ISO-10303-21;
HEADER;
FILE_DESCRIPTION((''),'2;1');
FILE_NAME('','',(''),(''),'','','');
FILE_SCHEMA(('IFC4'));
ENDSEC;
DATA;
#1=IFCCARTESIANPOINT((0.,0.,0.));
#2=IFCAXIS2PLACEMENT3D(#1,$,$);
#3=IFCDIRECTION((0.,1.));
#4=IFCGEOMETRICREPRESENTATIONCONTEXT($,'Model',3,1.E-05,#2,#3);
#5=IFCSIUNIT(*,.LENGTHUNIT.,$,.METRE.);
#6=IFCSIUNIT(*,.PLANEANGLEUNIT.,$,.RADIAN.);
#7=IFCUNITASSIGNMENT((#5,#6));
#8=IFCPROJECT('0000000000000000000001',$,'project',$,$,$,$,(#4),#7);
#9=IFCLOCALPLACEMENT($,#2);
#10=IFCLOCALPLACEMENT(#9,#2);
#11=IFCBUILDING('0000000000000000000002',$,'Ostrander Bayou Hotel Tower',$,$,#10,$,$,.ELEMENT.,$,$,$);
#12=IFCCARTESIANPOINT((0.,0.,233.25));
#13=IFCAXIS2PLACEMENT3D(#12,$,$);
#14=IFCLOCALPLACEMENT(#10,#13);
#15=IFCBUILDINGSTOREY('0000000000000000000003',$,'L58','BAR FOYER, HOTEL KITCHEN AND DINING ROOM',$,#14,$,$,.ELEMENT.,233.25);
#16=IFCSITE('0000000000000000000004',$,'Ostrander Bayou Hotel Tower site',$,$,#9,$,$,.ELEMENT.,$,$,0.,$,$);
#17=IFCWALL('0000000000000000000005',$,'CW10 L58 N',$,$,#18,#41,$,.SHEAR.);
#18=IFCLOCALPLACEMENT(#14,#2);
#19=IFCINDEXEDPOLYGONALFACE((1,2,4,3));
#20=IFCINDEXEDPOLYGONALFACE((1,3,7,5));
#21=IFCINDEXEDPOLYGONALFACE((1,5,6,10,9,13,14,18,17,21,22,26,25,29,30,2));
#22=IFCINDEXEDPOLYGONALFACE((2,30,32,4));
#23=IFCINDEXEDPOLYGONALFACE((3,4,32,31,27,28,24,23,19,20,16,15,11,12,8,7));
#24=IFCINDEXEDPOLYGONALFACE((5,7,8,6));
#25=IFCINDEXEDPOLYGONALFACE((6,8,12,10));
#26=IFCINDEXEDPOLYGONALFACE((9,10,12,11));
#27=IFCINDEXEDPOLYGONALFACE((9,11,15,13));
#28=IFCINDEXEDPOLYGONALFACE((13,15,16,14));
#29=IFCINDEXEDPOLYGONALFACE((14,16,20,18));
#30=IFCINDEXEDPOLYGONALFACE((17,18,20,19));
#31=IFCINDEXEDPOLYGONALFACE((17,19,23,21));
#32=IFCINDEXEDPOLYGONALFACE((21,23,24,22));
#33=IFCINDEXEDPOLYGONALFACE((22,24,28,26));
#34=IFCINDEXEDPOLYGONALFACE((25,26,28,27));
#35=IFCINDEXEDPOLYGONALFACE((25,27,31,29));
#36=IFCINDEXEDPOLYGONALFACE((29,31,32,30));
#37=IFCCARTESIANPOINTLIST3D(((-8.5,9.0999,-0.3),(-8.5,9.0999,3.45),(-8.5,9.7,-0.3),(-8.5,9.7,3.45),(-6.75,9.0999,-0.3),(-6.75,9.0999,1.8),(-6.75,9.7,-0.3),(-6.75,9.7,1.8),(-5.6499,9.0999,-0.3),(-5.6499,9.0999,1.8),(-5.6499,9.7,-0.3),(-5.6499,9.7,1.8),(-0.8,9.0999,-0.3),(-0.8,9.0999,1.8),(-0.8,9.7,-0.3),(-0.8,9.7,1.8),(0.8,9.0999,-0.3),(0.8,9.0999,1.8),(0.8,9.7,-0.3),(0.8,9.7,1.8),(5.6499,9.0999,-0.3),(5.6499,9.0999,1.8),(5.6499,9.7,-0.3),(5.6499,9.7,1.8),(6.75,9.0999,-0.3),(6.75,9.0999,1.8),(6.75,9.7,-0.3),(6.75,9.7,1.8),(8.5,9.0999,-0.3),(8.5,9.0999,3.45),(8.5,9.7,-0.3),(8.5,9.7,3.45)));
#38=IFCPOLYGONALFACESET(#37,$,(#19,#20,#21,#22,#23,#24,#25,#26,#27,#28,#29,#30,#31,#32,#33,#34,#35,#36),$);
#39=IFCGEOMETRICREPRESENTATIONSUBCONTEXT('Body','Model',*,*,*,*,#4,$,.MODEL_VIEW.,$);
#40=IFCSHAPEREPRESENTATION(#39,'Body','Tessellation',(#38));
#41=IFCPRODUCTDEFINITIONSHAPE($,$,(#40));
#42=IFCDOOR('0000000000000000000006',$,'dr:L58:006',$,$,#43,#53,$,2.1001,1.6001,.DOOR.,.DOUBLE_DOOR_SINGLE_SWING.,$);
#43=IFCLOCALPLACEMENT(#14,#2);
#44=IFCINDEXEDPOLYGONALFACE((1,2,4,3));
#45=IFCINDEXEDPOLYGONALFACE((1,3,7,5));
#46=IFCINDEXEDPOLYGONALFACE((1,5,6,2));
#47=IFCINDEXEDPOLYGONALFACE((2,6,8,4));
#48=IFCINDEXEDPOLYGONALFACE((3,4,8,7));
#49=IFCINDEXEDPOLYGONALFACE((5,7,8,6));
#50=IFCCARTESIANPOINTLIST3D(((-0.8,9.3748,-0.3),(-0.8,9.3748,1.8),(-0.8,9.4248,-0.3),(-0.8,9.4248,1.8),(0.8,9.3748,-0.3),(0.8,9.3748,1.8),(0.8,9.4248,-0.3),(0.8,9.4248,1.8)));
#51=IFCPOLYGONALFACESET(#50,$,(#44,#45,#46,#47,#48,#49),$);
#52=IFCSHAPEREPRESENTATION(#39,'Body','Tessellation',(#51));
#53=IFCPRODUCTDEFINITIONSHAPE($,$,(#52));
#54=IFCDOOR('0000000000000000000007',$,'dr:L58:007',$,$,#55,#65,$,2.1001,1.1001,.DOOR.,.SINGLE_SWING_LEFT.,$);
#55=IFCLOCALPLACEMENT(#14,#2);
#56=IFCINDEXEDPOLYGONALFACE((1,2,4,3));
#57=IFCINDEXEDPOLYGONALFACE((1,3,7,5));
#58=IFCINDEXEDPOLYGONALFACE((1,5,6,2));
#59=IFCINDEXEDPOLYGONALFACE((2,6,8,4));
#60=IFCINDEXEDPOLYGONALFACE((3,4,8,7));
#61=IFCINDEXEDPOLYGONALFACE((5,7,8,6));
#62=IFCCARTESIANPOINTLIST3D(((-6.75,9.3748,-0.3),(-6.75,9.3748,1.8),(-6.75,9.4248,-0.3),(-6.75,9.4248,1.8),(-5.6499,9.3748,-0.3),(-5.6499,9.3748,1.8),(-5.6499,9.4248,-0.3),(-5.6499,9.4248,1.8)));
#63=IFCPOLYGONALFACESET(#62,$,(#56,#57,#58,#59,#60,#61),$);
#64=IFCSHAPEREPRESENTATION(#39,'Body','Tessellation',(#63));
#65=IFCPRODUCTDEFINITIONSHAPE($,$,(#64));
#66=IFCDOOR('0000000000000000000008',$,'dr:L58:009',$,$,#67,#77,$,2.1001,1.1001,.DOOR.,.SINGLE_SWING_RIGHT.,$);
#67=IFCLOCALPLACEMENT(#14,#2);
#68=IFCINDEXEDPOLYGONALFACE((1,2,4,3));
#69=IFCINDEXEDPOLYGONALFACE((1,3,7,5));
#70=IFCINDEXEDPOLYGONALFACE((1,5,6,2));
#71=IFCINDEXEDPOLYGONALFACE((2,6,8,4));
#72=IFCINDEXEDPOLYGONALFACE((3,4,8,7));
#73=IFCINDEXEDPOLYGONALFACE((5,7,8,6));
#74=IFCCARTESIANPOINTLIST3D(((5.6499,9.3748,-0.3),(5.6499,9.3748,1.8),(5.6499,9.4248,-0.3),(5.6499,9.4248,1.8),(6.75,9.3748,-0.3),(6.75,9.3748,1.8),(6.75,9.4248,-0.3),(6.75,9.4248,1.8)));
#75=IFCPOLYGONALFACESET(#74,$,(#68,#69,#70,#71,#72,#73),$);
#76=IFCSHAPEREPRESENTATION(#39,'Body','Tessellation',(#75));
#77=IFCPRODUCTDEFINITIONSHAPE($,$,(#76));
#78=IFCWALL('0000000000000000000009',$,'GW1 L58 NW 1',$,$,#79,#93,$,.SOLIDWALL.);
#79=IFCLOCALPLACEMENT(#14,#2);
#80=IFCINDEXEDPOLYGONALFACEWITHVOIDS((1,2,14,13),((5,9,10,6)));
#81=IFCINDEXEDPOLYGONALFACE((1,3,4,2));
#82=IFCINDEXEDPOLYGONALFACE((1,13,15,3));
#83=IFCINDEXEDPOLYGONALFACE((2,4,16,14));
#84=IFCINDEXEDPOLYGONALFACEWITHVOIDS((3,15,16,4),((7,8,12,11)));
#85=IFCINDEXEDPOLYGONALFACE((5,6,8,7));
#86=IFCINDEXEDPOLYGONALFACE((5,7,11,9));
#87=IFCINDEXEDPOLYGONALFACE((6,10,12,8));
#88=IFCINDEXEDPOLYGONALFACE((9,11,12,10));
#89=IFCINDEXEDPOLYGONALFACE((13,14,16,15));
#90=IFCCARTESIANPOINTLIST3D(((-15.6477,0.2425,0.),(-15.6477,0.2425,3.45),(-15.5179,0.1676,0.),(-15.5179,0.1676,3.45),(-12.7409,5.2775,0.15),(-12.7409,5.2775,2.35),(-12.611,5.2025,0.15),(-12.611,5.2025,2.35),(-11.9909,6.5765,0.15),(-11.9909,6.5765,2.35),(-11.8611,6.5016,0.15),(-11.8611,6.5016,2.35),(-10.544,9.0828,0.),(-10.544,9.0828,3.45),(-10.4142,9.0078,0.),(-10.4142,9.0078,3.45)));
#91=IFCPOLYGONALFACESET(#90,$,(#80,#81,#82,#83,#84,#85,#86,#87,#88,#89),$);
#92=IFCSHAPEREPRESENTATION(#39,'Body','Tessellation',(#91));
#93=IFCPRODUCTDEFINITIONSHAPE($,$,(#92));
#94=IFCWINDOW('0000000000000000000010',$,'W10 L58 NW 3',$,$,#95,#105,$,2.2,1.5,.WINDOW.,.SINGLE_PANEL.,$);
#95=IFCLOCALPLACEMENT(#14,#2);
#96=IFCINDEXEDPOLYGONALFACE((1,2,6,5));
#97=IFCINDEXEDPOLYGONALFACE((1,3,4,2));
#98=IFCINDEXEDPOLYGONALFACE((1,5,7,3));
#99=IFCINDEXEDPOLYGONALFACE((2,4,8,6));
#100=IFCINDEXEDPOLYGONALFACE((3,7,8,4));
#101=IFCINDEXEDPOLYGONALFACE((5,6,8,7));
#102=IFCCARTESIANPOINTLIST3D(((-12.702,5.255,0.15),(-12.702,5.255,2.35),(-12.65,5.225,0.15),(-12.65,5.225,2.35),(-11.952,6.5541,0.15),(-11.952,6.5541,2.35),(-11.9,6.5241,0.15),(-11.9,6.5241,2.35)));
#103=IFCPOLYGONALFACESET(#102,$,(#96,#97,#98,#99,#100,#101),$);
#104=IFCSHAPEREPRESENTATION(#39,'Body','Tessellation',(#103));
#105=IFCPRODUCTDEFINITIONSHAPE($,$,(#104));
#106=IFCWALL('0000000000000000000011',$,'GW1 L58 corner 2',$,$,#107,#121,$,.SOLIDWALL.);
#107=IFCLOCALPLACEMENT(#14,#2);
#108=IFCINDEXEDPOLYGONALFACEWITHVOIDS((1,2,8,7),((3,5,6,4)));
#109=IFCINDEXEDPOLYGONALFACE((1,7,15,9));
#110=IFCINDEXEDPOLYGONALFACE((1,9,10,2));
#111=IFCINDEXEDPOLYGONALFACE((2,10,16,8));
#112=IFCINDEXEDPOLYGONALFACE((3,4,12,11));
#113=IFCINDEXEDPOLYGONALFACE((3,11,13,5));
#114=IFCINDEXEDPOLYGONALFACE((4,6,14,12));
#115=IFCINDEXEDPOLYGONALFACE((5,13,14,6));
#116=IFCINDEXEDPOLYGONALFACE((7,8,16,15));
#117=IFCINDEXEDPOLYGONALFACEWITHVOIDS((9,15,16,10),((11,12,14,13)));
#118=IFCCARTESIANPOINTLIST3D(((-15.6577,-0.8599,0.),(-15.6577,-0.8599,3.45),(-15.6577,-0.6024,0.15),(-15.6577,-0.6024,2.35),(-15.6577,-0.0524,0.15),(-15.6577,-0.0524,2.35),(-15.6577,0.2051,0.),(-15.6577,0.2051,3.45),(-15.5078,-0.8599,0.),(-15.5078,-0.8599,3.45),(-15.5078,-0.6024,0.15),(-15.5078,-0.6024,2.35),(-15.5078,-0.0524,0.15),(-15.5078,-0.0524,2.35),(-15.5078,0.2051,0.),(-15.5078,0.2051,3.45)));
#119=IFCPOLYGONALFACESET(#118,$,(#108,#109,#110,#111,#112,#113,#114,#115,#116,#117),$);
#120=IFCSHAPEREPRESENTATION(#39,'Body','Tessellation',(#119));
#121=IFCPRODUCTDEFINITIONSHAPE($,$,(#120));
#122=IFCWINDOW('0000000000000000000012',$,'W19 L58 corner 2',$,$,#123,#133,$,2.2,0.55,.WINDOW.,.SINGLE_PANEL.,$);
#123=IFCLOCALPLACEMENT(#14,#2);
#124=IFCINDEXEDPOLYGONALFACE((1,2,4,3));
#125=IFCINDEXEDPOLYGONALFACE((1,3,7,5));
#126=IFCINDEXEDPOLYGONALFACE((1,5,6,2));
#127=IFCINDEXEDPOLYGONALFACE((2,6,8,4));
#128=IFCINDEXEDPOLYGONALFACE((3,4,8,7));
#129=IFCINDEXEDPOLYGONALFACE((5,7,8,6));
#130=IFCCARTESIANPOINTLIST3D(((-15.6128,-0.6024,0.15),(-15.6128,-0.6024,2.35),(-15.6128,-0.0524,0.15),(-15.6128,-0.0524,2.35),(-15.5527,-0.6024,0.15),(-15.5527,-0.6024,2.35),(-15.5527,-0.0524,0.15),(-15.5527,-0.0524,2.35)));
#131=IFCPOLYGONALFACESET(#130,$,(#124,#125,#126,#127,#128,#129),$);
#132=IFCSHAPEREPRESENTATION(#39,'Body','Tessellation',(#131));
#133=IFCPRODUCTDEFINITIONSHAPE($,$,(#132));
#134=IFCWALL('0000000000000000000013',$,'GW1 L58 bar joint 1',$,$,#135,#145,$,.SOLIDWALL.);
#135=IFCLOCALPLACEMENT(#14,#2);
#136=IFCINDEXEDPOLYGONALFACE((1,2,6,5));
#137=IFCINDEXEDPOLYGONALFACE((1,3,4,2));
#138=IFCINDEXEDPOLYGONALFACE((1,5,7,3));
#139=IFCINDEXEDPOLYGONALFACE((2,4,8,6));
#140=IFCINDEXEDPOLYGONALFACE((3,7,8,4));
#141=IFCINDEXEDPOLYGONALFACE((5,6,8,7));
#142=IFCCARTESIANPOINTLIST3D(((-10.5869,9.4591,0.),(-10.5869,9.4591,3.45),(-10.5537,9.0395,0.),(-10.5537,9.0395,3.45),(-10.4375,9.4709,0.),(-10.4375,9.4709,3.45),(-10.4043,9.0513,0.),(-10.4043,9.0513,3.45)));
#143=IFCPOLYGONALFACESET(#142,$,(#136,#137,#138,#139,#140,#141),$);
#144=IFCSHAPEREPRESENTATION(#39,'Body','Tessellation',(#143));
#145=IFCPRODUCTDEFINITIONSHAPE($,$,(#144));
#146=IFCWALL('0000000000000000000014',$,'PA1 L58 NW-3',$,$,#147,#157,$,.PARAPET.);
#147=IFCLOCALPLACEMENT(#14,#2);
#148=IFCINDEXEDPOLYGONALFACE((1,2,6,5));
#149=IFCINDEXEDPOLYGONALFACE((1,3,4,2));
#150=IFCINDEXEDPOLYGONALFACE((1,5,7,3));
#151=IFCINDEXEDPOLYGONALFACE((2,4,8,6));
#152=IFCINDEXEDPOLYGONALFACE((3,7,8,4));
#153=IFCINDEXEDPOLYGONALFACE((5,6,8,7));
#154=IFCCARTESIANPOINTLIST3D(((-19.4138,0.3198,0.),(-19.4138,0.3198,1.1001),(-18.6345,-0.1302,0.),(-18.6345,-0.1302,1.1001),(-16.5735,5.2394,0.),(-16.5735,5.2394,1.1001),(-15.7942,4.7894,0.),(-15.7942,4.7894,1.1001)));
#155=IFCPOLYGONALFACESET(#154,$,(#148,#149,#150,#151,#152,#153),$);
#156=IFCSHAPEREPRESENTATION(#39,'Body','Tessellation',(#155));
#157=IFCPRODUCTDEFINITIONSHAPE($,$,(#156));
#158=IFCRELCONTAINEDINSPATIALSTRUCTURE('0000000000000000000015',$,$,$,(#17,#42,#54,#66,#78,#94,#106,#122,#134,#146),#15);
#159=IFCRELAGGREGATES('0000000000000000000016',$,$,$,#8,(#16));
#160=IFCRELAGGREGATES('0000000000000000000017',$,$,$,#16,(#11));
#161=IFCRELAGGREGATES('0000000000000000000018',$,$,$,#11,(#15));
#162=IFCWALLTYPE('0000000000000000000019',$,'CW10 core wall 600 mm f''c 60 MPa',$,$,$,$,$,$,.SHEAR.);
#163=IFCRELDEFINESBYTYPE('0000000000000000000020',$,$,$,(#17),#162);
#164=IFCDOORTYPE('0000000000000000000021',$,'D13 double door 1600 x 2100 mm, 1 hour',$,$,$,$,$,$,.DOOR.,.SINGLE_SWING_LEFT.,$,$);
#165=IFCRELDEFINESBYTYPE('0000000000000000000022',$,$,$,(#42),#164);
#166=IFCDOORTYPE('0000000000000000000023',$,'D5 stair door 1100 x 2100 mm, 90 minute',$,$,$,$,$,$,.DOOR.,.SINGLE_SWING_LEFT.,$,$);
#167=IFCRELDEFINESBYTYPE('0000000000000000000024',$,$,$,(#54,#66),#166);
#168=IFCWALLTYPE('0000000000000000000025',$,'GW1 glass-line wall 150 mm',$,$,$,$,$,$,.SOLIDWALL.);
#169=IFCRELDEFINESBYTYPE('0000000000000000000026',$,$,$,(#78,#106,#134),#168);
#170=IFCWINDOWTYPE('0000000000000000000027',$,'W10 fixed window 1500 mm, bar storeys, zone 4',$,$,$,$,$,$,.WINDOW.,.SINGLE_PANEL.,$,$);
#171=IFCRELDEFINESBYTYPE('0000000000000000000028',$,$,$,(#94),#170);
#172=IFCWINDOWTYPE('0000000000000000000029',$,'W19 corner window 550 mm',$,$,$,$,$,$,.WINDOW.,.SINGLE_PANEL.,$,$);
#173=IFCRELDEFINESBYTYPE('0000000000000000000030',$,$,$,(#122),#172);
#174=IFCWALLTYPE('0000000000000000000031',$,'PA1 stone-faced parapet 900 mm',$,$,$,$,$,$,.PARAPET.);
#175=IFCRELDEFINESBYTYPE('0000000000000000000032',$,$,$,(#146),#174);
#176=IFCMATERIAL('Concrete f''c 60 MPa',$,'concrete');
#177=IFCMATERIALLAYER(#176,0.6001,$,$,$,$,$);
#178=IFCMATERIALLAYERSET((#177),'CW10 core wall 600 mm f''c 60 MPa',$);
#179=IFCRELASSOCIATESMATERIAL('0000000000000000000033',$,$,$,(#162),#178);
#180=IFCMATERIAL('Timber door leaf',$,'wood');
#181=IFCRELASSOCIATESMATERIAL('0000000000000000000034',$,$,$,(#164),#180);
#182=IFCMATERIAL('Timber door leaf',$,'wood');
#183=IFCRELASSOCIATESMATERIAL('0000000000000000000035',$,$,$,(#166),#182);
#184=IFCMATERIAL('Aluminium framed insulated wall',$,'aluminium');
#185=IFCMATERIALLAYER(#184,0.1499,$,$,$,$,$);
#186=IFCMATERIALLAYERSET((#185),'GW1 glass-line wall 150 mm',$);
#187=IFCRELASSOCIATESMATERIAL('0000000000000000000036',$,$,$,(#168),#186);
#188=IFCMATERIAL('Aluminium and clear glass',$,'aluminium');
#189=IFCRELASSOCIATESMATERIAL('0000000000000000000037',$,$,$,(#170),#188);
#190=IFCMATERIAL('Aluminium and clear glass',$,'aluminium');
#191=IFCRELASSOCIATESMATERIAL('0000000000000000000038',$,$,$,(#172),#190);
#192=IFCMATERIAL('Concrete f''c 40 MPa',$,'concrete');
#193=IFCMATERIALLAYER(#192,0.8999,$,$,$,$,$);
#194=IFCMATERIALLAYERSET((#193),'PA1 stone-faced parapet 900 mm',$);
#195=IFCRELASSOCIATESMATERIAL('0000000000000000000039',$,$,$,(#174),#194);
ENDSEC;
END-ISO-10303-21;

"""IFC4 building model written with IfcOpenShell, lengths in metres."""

from ifc_helpers import new_model, si_unit, direction, frame, frame_2d, origin, place, context, subcontext, project, spatial, rectangle, extrude, material, layer, layer_set, type_object, element, fill, save


model = new_model("IFC4")

# Units and contexts
model_context = context("Model", 3, precision=1e-05, world=origin(), true_north=direction((0.0, 1.0)))
body_context = subcontext(model_context, "Body", "Model", "MODEL_VIEW")
ifc_project = project(units=[si_unit("LENGTHUNIT", "METRE"), si_unit("PLANEANGLEUNIT", "RADIAN")], contexts=[model_context])

# Site, building, storey
site_placement = place(None, origin())
site = spatial("IfcSite", under=ifc_project, at=site_placement, Name="Ostrander Bayou Hotel Tower site", CompositionType="ELEMENT", RefElevation=0.0)
building_placement = place(site_placement, origin())
building = spatial("IfcBuilding", under=site, at=building_placement, Name="Ostrander Bayou Hotel Tower", CompositionType="ELEMENT")
storey_placement = place(building_placement, frame((0.0, 0.0, 233.25)))
storey = spatial("IfcBuildingStorey", under=building, at=storey_placement, Name="L58", Description="BAR FOYER, HOTEL KITCHEN AND DINING ROOM", CompositionType="ELEMENT", Elevation=233.25)

# Wall, openings, doors
ifc_material_1 = material(Name="Concrete f'c 60 MPa", Category="concrete")
ifc_layer_1 = layer(ifc_material_1, 0.6001)
ifc_layer_set_1 = layer_set([ifc_layer_1], Name="CW10 core wall 600 mm f'c 60 MPa")
wall_type_1 = type_object("IfcWallType", Name="CW10 core wall 600 mm f'c 60 MPa", PredefinedType="SHEAR", material=ifc_layer_set_1)
wall_1_placement = place(storey_placement, frame((-8.5, 9.3999, -0.3), z_axis=(0.0, 0.0, 1.0), x_axis=(1.0, 0.0, 0.0)))
wall_1 = element("IfcWall", 1, at=wall_1_placement, inside=storey, type_object=wall_type_1, Name="CW10 L58 N", PredefinedType="SHEAR", context=body_context, shape_type="SweptSolid", body=[
    extrude(rectangle(XDim=17.0, YDim=0.6001, at=frame_2d((8.5, 0.0))), origin(), (0.0, 0.0, 1.0), 3.75),
])
opening_1_placement = place(wall_1_placement, frame((7.7, 0.0, 0.0)))
opening_1 = element("IfcOpeningElement", 2, at=opening_1_placement, cuts=wall_1, PredefinedType="OPENING", context=body_context, shape_type="SweptSolid", body=[
    extrude(rectangle(XDim=1.6001, YDim=2.1001, at=frame_2d((0.8, 1.05))), frame((0.0, 0.3, 0.0), z_axis=(0.0, -1.0, 0.0), x_axis=(1.0, 0.0, 0.0)), (0.0, 0.0, 1.0), 0.6001),
])
opening_2_placement = place(wall_1_placement, frame((1.75, 0.0, 0.0)))
opening_2 = element("IfcOpeningElement", 3, at=opening_2_placement, cuts=wall_1, PredefinedType="OPENING", context=body_context, shape_type="SweptSolid", body=[
    extrude(rectangle(XDim=1.1001, YDim=2.1001, at=frame_2d((0.55, 1.05))), frame((0.0, 0.3, 0.0), z_axis=(0.0, -1.0, 0.0), x_axis=(1.0, 0.0, 0.0)), (0.0, 0.0, 1.0), 0.6001),
])
opening_3_placement = place(wall_1_placement, frame((14.1499, 0.0, 0.0)))
opening_3 = element("IfcOpeningElement", 4, at=opening_3_placement, cuts=wall_1, PredefinedType="OPENING", context=body_context, shape_type="SweptSolid", body=[
    extrude(rectangle(XDim=1.1001, YDim=2.1001, at=frame_2d((0.55, 1.05))), frame((0.0, 0.3, 0.0), z_axis=(0.0, -1.0, 0.0), x_axis=(1.0, 0.0, 0.0)), (0.0, 0.0, 1.0), 0.6001),
])
ifc_material_2 = material(Name="Timber door leaf", Category="wood")
door_type_1 = type_object("IfcDoorType", Name="D13 double door 1600 x 2100 mm, 1 hour", OperationType="SINGLE_SWING_LEFT", PredefinedType="DOOR", material=ifc_material_2)
door_1_placement = place(opening_1_placement, origin())
door_1 = element("IfcDoor", 5, at=door_1_placement, inside=storey, type_object=door_type_1, Name="dr:L58:006", OperationType="DOUBLE_DOOR_SINGLE_SWING", OverallHeight=2.1001, OverallWidth=1.6001, PredefinedType="DOOR", context=body_context, shape_type="SweptSolid", body=[
    extrude(rectangle(XDim=1.6001, YDim=2.1001, at=frame_2d((0.8, 1.05))), frame((0.0, 0.0249, 0.0), z_axis=(0.0, -1.0, 0.0), x_axis=(1.0, 0.0, 0.0)), (0.0, 0.0, 1.0), 0.05),
])
fill(opening_1, door_1)
ifc_material_3 = material(Name="Timber door leaf", Category="wood")
door_type_2 = type_object("IfcDoorType", Name="D5 stair door 1100 x 2100 mm, 90 minute", OperationType="SINGLE_SWING_LEFT", PredefinedType="DOOR", material=ifc_material_3)
door_2_placement = place(opening_2_placement, origin())
door_2 = element("IfcDoor", 6, at=door_2_placement, inside=storey, type_object=door_type_2, Name="dr:L58:007", OperationType="SINGLE_SWING_LEFT", OverallHeight=2.1001, OverallWidth=1.1001, PredefinedType="DOOR", context=body_context, shape_type="SweptSolid", body=[
    extrude(rectangle(XDim=1.1001, YDim=2.1001, at=frame_2d((0.55, 1.05))), frame((0.0, 0.0249, 0.0), z_axis=(0.0, -1.0, 0.0), x_axis=(1.0, 0.0, 0.0)), (0.0, 0.0, 1.0), 0.05),
])
fill(opening_2, door_2)
door_3_placement = place(opening_3_placement, origin())
door_3 = element("IfcDoor", 7, at=door_3_placement, inside=storey, type_object=door_type_2, Name="dr:L58:009", OperationType="SINGLE_SWING_RIGHT", OverallHeight=2.1001, OverallWidth=1.1001, PredefinedType="DOOR", context=body_context, shape_type="SweptSolid", body=[
    extrude(rectangle(XDim=1.1001, YDim=2.1001, at=frame_2d((0.55, 1.05))), frame((0.0, 0.0249, 0.0), z_axis=(0.0, -1.0, 0.0), x_axis=(1.0, 0.0, 0.0)), (0.0, 0.0, 1.0), 0.05),
])
fill(opening_3, door_3)

# Walls, openings, windows
ifc_material_4 = material(Name="Aluminium framed insulated wall", Category="aluminium")
ifc_layer_2 = layer(ifc_material_4, 0.1499)
ifc_layer_set_2 = layer_set([ifc_layer_2], Name="GW1 glass-line wall 150 mm")
wall_type_2 = type_object("IfcWallType", Name="GW1 glass-line wall 150 mm", PredefinedType="SOLIDWALL", material=ifc_layer_set_2)
wall_2_placement = place(storey_placement, frame((-10.479, 9.0454, 0.0), z_axis=(0.0, 0.0, 1.0), x_axis=(-0.499985, -0.866034, 0.0)))
wall_2 = element("IfcWall", 8, at=wall_2_placement, inside=storey, type_object=wall_type_2, Name="GW1 L58 NW 1", PredefinedType="SOLIDWALL", context=body_context, shape_type="SweptSolid", body=[
    extrude(rectangle(XDim=10.2078, YDim=0.1499, at=frame_2d((5.104, 0.0))), origin(), (0.0, 0.0, 1.0), 3.45),
])
opening_4_placement = place(wall_2_placement, frame((2.894, 0.0, 0.1499)))
opening_4 = element("IfcOpeningElement", 9, at=opening_4_placement, cuts=wall_2, PredefinedType="OPENING", context=body_context, shape_type="SweptSolid", body=[
    extrude(rectangle(XDim=1.5, YDim=2.2, at=frame_2d((0.75, 1.1001))), frame((0.0, 0.075, 0.0), z_axis=(0.0, -1.0, 0.0), x_axis=(1.0, 0.0, 0.0)), (0.0, 0.0, 1.0), 0.1499),
])
ifc_material_5 = material(Name="Aluminium and clear glass", Category="aluminium")
window_type_1 = type_object("IfcWindowType", Name="W10 fixed window 1500 mm, bar storeys, zone 4", PartitioningType="SINGLE_PANEL", PredefinedType="WINDOW", material=ifc_material_5)
window_1_placement = place(opening_4_placement, origin())
window_1 = element("IfcWindow", 10, at=window_1_placement, inside=storey, type_object=window_type_1, Name="W10 L58 NW 3", OverallHeight=2.2, OverallWidth=1.5, PartitioningType="SINGLE_PANEL", PredefinedType="WINDOW", context=body_context, shape_type="SweptSolid", body=[
    extrude(rectangle(XDim=1.5, YDim=2.2, at=frame_2d((0.75, 1.1001))), frame((0.0, 0.03, 0.0), z_axis=(0.0, -1.0, 0.0), x_axis=(1.0, 0.0, 0.0)), (0.0, 0.0, 1.0), 0.0601),
])
fill(opening_4, window_1)
wall_3_placement = place(storey_placement, frame((-15.5828, 0.2051, 0.0), z_axis=(0.0, 0.0, 1.0), x_axis=(0.0, -1.0, 0.0)))
wall_3 = element("IfcWall", 11, at=wall_3_placement, inside=storey, type_object=wall_type_2, Name="GW1 L58 corner 2", PredefinedType="SOLIDWALL", context=body_context, shape_type="SweptSolid", body=[
    extrude(rectangle(XDim=1.0649, YDim=0.1499, at=frame_2d((0.5325, 0.0))), origin(), (0.0, 0.0, 1.0), 3.45),
])
opening_5_placement = place(wall_3_placement, frame((0.2576, 0.0, 0.1499)))
opening_5 = element("IfcOpeningElement", 12, at=opening_5_placement, cuts=wall_3, PredefinedType="OPENING", context=body_context, shape_type="SweptSolid", body=[
    extrude(rectangle(XDim=0.55, YDim=2.2, at=frame_2d((0.2749, 1.1001))), frame((0.0, 0.075, 0.0), z_axis=(0.0, -1.0, 0.0), x_axis=(1.0, 0.0, 0.0)), (0.0, 0.0, 1.0), 0.1499),
])
ifc_material_6 = material(Name="Aluminium and clear glass", Category="aluminium")
window_type_2 = type_object("IfcWindowType", Name="W19 corner window 550 mm", PartitioningType="SINGLE_PANEL", PredefinedType="WINDOW", material=ifc_material_6)
window_2_placement = place(opening_5_placement, origin())
window_2 = element("IfcWindow", 13, at=window_2_placement, inside=storey, type_object=window_type_2, Name="W19 L58 corner 2", OverallHeight=2.2, OverallWidth=0.55, PartitioningType="SINGLE_PANEL", PredefinedType="WINDOW", context=body_context, shape_type="SweptSolid", body=[
    extrude(rectangle(XDim=0.55, YDim=2.2, at=frame_2d((0.2749, 1.1001))), frame((0.0, 0.03, 0.0), z_axis=(0.0, -1.0, 0.0), x_axis=(1.0, 0.0, 0.0)), (0.0, 0.0, 1.0), 0.0601),
])
fill(opening_5, window_2)

# Walls
wall_4_placement = place(storey_placement, frame((-10.479, 9.0454, 0.0), z_axis=(0.0, 0.0, 1.0), x_axis=(-0.078869, 0.996885, 0.0)))
element("IfcWall", 14, at=wall_4_placement, inside=storey, type_object=wall_type_2, Name="GW1 L58 bar joint 1", PredefinedType="SOLIDWALL", context=body_context, shape_type="SweptSolid", body=[
    extrude(rectangle(XDim=0.4209, YDim=0.1499, at=frame_2d((0.2104, 0.0))), origin(), (0.0, 0.0, 1.0), 3.45),
])
ifc_material_7 = material(Name="Concrete f'c 40 MPa", Category="concrete")
ifc_layer_3 = layer(ifc_material_7, 0.8999)
ifc_layer_set_3 = layer_set([ifc_layer_3], Name="PA1 stone-faced parapet 900 mm")
wall_type_3 = type_object("IfcWallType", Name="PA1 stone-faced parapet 900 mm", PredefinedType="PARAPET", material=ifc_layer_set_3)
wall_5_placement = place(storey_placement, frame((-16.1838, 5.0144, 0.0), z_axis=(0.0, 0.0, 1.0), x_axis=(-0.499994, -0.866029, 0.0)))
element("IfcWall", 15, at=wall_5_placement, inside=storey, type_object=wall_type_3, Name="PA1 L58 NW-3", PredefinedType="PARAPET", context=body_context, shape_type="SweptSolid", body=[
    extrude(rectangle(XDim=5.6807, YDim=0.8999, at=frame_2d((2.8403, 0.0))), origin(), (0.0, 0.0, 1.0), 1.1001),
])

save(model, "model.ifc")
